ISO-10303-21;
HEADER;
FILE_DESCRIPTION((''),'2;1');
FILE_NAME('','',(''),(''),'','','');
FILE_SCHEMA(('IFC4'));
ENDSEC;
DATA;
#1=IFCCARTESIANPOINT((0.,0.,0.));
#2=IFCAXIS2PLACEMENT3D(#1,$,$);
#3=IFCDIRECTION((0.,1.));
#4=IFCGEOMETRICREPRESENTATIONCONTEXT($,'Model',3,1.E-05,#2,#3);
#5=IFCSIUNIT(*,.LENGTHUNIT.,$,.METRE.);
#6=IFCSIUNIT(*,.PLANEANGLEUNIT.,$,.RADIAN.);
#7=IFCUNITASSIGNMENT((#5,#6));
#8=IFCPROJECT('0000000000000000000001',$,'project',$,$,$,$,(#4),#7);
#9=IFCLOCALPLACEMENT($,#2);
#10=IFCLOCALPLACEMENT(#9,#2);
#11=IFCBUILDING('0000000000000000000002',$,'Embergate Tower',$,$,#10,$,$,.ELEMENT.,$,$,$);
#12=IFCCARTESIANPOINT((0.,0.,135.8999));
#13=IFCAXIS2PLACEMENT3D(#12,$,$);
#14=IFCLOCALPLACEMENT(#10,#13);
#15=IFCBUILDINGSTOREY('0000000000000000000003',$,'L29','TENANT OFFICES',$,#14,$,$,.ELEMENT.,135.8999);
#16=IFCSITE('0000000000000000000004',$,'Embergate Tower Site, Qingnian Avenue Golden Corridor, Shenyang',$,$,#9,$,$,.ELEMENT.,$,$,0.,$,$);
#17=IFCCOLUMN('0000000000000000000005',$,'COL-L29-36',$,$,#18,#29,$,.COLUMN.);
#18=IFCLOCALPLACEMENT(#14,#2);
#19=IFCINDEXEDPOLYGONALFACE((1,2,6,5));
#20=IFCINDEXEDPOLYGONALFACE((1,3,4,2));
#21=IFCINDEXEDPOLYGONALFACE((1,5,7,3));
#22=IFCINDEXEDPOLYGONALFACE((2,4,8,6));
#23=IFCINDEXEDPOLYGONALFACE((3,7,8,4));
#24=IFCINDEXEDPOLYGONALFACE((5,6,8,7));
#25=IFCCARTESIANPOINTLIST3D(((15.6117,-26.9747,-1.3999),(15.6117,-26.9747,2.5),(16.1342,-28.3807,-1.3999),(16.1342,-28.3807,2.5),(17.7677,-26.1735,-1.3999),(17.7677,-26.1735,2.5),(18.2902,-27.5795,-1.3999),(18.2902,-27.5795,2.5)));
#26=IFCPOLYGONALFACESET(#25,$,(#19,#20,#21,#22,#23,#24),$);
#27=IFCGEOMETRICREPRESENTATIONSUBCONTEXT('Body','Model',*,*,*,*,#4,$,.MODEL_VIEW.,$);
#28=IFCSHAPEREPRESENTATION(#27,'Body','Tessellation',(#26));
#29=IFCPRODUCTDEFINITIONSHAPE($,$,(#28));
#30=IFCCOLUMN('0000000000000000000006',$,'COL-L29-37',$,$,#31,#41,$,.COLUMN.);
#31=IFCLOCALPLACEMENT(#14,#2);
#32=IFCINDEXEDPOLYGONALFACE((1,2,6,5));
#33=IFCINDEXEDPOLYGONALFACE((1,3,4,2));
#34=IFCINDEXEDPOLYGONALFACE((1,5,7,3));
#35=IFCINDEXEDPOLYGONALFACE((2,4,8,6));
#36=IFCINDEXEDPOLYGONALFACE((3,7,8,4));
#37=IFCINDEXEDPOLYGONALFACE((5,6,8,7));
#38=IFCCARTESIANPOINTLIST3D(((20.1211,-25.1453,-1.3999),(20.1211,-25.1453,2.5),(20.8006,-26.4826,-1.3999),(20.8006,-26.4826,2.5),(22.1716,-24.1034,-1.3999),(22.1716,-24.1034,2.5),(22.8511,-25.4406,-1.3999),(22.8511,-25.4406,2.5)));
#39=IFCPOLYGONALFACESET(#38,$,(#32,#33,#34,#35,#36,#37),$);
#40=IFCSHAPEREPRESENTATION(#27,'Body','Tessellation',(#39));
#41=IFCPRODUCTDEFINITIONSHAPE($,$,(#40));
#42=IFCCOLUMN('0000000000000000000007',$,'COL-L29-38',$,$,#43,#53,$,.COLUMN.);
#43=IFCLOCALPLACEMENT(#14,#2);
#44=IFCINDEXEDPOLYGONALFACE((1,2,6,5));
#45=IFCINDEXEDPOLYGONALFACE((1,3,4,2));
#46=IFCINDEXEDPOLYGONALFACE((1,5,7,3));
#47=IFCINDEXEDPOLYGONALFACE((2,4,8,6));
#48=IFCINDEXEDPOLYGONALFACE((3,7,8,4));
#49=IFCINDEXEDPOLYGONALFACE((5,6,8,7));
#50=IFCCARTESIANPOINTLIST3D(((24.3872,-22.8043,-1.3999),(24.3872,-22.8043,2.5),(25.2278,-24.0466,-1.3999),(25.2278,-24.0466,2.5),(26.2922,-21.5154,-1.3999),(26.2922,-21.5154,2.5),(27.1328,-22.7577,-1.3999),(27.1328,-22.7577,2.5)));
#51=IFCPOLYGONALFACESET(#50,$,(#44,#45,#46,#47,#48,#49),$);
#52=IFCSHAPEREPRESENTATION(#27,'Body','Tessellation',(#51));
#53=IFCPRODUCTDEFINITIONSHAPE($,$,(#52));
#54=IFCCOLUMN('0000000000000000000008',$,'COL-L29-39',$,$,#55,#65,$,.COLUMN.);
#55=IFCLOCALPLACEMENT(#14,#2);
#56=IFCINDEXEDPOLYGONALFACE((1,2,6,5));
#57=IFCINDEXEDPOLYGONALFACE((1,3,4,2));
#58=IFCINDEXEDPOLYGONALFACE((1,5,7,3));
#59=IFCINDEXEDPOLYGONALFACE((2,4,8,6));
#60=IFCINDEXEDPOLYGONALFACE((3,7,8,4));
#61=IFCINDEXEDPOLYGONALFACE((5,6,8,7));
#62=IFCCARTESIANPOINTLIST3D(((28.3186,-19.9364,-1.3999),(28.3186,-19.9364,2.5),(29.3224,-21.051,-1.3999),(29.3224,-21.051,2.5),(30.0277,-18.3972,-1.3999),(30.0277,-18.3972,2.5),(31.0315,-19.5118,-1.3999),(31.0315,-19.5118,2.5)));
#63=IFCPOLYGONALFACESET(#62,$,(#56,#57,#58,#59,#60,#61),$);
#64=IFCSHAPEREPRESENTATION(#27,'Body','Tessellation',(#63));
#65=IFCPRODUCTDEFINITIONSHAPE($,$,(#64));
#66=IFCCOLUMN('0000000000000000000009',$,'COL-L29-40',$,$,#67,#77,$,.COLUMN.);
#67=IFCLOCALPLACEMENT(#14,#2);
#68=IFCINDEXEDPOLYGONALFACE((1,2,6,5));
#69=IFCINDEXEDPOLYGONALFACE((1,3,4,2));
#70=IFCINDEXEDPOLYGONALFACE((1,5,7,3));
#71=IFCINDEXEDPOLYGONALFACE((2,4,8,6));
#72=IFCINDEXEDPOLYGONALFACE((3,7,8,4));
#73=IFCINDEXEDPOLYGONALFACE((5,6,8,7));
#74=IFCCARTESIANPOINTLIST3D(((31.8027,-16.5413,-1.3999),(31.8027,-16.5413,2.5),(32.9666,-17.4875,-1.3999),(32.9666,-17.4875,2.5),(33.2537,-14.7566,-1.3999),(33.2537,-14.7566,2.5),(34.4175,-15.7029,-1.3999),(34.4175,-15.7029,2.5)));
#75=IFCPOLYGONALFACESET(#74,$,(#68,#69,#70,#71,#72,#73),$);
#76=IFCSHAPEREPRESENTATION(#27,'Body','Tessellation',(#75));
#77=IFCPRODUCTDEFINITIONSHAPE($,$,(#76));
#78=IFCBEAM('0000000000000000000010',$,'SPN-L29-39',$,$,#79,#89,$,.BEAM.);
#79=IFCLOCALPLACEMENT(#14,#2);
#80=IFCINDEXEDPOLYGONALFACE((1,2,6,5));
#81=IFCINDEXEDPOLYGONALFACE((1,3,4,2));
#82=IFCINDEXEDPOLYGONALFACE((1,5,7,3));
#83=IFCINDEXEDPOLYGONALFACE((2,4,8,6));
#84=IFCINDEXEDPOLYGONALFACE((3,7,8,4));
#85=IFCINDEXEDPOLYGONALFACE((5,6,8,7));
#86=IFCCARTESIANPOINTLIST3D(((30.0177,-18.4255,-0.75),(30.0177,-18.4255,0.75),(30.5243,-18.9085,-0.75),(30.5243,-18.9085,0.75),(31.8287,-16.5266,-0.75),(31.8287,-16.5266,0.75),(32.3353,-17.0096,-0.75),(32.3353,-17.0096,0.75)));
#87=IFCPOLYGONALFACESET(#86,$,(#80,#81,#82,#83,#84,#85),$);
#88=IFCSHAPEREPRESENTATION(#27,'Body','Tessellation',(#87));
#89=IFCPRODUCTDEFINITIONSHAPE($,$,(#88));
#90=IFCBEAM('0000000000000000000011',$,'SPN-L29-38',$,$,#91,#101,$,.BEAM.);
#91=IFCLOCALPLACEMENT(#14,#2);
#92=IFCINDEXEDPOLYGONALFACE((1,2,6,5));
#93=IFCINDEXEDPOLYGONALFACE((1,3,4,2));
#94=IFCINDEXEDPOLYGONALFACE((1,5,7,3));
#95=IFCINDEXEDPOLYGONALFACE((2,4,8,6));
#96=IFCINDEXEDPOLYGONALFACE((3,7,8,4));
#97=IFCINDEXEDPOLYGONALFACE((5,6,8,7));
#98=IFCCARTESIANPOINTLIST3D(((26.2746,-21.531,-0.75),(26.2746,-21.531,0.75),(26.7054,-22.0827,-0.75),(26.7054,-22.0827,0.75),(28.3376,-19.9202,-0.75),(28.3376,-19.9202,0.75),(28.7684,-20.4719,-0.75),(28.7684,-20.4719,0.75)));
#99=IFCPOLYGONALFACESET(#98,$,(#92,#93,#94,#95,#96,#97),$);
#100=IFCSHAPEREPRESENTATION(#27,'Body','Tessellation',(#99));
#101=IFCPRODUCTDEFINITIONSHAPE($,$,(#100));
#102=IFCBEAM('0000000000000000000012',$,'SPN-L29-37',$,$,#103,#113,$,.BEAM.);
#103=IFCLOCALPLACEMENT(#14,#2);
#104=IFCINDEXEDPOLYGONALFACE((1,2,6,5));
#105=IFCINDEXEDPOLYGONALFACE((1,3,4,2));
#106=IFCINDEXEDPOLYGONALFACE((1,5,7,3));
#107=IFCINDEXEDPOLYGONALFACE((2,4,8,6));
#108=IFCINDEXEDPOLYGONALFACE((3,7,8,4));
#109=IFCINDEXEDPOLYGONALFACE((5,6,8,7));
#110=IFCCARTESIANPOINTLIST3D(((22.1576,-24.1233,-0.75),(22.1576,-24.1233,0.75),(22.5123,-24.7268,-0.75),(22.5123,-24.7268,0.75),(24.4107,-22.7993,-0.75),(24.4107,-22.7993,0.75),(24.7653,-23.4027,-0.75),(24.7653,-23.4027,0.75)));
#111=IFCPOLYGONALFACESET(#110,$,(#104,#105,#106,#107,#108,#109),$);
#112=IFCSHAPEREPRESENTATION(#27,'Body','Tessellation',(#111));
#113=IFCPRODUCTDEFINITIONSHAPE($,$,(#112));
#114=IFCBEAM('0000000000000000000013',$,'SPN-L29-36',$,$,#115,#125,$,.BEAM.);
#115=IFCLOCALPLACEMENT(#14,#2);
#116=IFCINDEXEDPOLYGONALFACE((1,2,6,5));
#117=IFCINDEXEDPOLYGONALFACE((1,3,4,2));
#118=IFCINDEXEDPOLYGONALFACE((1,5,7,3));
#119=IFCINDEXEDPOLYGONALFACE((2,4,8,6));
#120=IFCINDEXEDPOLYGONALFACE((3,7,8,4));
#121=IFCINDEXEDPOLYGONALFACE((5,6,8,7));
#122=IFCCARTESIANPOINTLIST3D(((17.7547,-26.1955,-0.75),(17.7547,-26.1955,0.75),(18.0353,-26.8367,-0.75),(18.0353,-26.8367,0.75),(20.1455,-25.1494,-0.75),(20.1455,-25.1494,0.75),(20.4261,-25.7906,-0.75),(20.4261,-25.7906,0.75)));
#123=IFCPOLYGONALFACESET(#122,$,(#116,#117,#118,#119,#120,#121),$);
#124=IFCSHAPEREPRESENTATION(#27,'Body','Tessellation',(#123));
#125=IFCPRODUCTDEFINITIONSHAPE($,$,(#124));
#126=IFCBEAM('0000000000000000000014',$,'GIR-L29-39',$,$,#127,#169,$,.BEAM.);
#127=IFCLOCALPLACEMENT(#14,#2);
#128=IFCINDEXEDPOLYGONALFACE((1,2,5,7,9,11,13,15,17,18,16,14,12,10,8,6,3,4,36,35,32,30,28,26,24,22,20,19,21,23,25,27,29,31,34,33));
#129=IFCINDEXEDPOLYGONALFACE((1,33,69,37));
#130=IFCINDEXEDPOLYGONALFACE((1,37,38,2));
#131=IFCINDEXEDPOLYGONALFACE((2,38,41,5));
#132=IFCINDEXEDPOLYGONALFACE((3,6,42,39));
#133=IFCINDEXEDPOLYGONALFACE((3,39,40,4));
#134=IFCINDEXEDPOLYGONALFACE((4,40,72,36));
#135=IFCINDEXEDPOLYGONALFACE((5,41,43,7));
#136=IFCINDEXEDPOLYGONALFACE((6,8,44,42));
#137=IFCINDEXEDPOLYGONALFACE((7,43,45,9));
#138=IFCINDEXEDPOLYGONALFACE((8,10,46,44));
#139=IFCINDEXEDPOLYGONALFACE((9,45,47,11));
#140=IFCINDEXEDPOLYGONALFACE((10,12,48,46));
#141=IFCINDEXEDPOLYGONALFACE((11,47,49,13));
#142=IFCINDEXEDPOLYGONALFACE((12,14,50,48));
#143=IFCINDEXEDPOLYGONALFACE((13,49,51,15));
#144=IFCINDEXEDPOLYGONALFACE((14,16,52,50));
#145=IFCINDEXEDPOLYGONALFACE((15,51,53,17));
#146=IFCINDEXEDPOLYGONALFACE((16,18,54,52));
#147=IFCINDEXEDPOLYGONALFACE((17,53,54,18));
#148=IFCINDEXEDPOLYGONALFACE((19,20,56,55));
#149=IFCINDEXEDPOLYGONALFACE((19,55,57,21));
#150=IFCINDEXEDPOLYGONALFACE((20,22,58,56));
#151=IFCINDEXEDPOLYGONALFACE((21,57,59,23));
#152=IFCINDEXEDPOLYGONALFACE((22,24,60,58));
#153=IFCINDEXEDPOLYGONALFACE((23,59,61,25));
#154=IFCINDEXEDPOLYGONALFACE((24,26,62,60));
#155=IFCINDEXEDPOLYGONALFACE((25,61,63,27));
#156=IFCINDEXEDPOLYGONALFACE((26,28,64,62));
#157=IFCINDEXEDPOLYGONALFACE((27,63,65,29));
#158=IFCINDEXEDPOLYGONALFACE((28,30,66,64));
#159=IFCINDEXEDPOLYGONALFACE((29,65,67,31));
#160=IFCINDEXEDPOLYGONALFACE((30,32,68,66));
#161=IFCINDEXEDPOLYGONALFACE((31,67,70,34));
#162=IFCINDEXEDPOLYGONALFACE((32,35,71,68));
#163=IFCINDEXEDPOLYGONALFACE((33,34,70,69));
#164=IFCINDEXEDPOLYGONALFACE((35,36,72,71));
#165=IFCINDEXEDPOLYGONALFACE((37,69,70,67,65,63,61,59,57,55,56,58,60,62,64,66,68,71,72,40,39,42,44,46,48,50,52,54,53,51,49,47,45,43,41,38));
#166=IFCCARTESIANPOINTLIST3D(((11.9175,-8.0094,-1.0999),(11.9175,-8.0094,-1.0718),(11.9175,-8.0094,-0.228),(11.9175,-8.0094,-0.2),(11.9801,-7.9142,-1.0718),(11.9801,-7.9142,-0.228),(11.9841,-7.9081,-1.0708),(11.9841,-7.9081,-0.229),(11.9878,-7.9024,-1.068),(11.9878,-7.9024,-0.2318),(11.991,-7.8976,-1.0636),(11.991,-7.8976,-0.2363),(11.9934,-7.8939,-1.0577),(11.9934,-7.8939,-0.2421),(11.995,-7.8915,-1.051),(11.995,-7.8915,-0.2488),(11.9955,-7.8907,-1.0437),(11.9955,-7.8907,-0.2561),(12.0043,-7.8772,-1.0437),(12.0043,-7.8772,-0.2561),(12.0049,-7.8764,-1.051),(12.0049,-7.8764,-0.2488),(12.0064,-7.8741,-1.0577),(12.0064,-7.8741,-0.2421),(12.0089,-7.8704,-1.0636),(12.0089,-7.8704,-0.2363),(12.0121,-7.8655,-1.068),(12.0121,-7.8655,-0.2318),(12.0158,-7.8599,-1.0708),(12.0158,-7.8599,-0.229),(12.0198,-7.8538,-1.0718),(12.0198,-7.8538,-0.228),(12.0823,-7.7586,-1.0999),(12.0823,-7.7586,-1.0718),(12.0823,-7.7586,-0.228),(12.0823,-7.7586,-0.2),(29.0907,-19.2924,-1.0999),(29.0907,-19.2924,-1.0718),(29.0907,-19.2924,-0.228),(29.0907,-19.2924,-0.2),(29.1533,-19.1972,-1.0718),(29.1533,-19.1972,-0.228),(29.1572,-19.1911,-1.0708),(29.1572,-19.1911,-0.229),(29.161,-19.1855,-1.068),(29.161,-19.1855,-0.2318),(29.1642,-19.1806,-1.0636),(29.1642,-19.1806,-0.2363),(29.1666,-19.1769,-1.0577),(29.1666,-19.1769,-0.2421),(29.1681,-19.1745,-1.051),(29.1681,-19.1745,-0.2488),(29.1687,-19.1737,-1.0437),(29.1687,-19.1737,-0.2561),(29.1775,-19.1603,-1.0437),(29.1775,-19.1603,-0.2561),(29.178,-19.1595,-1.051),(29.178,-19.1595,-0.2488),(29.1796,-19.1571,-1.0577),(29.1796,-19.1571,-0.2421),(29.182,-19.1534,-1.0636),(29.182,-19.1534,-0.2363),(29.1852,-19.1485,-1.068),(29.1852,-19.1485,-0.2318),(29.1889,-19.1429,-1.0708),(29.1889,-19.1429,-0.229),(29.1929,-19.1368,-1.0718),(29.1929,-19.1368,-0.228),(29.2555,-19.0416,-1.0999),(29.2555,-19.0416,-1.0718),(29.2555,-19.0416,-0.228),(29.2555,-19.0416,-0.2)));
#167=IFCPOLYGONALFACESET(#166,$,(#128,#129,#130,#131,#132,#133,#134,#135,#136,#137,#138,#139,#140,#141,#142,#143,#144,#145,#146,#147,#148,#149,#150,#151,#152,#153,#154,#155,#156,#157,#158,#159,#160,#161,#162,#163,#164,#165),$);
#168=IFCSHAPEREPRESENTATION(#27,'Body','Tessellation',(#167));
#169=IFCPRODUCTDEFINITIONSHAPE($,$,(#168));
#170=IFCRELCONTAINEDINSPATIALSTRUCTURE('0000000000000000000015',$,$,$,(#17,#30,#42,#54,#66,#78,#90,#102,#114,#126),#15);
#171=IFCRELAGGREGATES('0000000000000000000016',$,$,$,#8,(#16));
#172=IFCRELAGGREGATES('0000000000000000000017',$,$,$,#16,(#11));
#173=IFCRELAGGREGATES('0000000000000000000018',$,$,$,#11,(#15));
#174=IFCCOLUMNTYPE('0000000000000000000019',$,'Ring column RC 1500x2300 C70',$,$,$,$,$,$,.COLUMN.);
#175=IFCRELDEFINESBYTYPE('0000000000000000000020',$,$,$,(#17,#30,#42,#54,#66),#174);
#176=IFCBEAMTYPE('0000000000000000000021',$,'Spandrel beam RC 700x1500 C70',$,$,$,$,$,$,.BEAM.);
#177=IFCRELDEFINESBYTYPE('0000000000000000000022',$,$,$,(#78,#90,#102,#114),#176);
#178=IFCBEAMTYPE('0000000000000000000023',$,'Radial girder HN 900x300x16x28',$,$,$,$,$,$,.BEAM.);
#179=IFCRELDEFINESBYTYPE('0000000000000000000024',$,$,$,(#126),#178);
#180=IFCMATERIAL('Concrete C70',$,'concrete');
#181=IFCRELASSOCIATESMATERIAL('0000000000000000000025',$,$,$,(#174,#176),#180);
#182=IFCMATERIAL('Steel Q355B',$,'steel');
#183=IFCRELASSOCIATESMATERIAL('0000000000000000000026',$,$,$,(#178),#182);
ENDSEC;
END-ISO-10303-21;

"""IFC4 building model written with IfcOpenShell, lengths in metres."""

from ifc_helpers import new_model, si_unit, direction, frame, origin, origin_2d, place, context, subcontext, project, spatial, rectangle, i_section, extrude, source, transform, mapped, material, material_profile, profile_set, type_object, element, save


model = new_model("IFC4")

# Units and contexts
model_context = context("Model", 3, precision=1e-05, world=origin(), true_north=direction((0.0, 1.0)))
body_context = subcontext(model_context, "Body", "Model", "MODEL_VIEW")
ifc_project = project(units=[si_unit("LENGTHUNIT", "METRE"), si_unit("PLANEANGLEUNIT", "RADIAN")], contexts=[model_context])

# Site, building, storey
site_placement = place(None, origin())
site = spatial("IfcSite", under=ifc_project, at=site_placement, Name="Embergate Tower Site, Qingnian Avenue Golden Corridor, Shenyang", CompositionType="ELEMENT", RefElevation=0.0)
building_placement = place(site_placement, origin())
building = spatial("IfcBuilding", under=site, at=building_placement, Name="Embergate Tower", CompositionType="ELEMENT")
storey_placement = place(building_placement, frame((0.0, 0.0, 135.8999)))
storey = spatial("IfcBuildingStorey", under=building, at=storey_placement, Name="L29", Description="TENANT OFFICES", CompositionType="ELEMENT", Elevation=135.8999)

# Columns
ifc_material_1 = material(Name="Concrete C70", Category="concrete")
ifc_material_profile_1 = material_profile(ifc_material_1, rectangle(XDim=1.5, YDim=2.3, at=origin_2d()), Name="RC 1500x2300")
ifc_profile_set_1 = profile_set([ifc_material_profile_1], Name="Concrete C70")
column_type = type_object("IfcColumnType", Name="Ring column RC 1500x2300 C70", PredefinedType="COLUMN", material=ifc_profile_set_1)
shared_shape_1 = source(origin(), body_context, "Body", "SweptSolid", [
    extrude(rectangle(XDim=1.5, YDim=2.3, at=origin_2d()), origin(), (0.0, 0.0, 1.0), 3.8999),
])
for number, where, z_axis, x_axis, name in (
    (1, (16.9509, -27.2771, -1.3999), (0.0, 0.0, 1.0), (0.348343, -0.937367, 0.0), "COL-L29-36"),
    (2, (21.4861, -25.293, -1.3999), (0.0, 0.0, 1.0), (0.452995, -0.891513, 0.0), "COL-L29-37"),
    (3, (25.76, -22.781, -1.3999), (0.0, 0.0, 1.0), (0.560393, -0.828227, 0.0), "COL-L29-38"),
    (4, (29.675, -19.7241, -1.3999), (0.0, 0.0, 1.0), (0.669208, -0.743075, 0.0), "COL-L29-39"),
    (5, (33.1101, -16.1221, -1.3999), (0.0, 0.0, 1.0), (0.775914, -0.630838, 0.0), "COL-L29-40"),
):
    element("IfcColumn", number, at=place(storey_placement, frame(where, z_axis=z_axis, x_axis=x_axis)), inside=storey, type_object=column_type, Name=name, PredefinedType="COLUMN", context=body_context, shape_type="MappedRepresentation", body=[
        mapped(shared_shape_1, transform((0.0, 0.0, 0.0))),
    ])

# Beams
ifc_material_profile_2 = material_profile(ifc_material_1, rectangle(XDim=0.7, YDim=1.5, at=origin_2d()), Name="RC 700x1500")
ifc_profile_set_2 = profile_set([ifc_material_profile_2], Name="Concrete C70")
beam_type_1 = type_object("IfcBeamType", Name="Spandrel beam RC 700x1500 C70", PredefinedType="BEAM", material=ifc_profile_set_2)
shared_shape_2 = source(origin(), body_context, "Body", "SweptSolid", [
    extrude(rectangle(XDim=0.7, YDim=1.5, at=origin_2d()), origin(), (0.0, 0.0, 1.0), 2.624),
])
beam_1_placement = place(storey_placement, frame((30.271, -18.667, 0.0), z_axis=(0.690161, 0.723655, 0.0), x_axis=(-0.723655, 0.690161, 0.0)))
element("IfcBeam", 6, at=beam_1_placement, inside=storey, type_object=beam_type_1, Name="SPN-L29-39", PredefinedType="BEAM", context=body_context, shape_type="MappedRepresentation", body=[
    mapped(shared_shape_2, transform((0.0, 0.0, 0.0))),
])
shared_shape_3 = source(origin(), body_context, "Body", "SweptSolid", [
    extrude(rectangle(XDim=0.7, YDim=1.5, at=origin_2d()), origin(), (0.0, 0.0, 1.0), 2.6174),
])
beam_2_placement = place(storey_placement, frame((26.49, -21.8069, 0.0), z_axis=(0.788186, 0.615438, 0.0), x_axis=(-0.615438, 0.788186, 0.0)))
element("IfcBeam", 7, at=beam_2_placement, inside=storey, type_object=beam_type_1, Name="SPN-L29-38", PredefinedType="BEAM", context=body_context, shape_type="MappedRepresentation", body=[
    mapped(shared_shape_3, transform((0.0, 0.0, 0.0))),
])
shared_shape_4 = source(origin(), body_context, "Body", "SweptSolid", [
    extrude(rectangle(XDim=0.7, YDim=1.5, at=origin_2d()), origin(), (0.0, 0.0, 1.0), 2.6133),
])
beam_3_placement = place(storey_placement, frame((22.335, -24.425, 0.0), z_axis=(0.862148, 0.506657, 0.0), x_axis=(-0.506657, 0.862148, 0.0)))
element("IfcBeam", 8, at=beam_3_placement, inside=storey, type_object=beam_type_1, Name="SPN-L29-37", PredefinedType="BEAM", context=body_context, shape_type="MappedRepresentation", body=[
    mapped(shared_shape_4, transform((0.0, 0.0, 0.0))),
])
shared_shape_5 = source(origin(), body_context, "Body", "SweptSolid", [
    extrude(rectangle(XDim=0.7, YDim=1.5, at=origin_2d()), origin(), (0.0, 0.0, 1.0), 2.6096),
])
beam_4_placement = place(storey_placement, frame((17.895, -26.5161, 0.0), z_axis=(0.916138, 0.400863, 0.0), x_axis=(-0.400863, 0.916138, 0.0)))
element("IfcBeam", 9, at=beam_4_placement, inside=storey, type_object=beam_type_1, Name="SPN-L29-36", PredefinedType="BEAM", context=body_context, shape_type="MappedRepresentation", body=[
    mapped(shared_shape_5, transform((0.0, 0.0, 0.0))),
])
ifc_material_2 = material(Name="Steel Q355B", Category="steel")
ifc_material_profile_3 = material_profile(ifc_material_2, i_section(OverallWidth=0.3, OverallDepth=0.8999, WebThickness=0.0161, FlangeThickness=0.0281, FilletRadius=0.0281, at=origin_2d()), Name="HN 900x300x16x28")
ifc_profile_set_3 = profile_set([ifc_material_profile_3], Name="Steel Q355 grade B")
beam_type_2 = type_object("IfcBeamType", Name="Radial girder HN 900x300x16x28", PredefinedType="BEAM", material=ifc_profile_set_3)
shared_shape_6 = source(origin(), body_context, "Body", "SweptSolid", [
    extrude(i_section(OverallWidth=0.3, OverallDepth=0.8999, WebThickness=0.0161, FlangeThickness=0.0281, FilletRadius=0.0281, at=origin_2d()), origin(), (0.0, 0.0, 1.0), 20.5481),
])
beam_5_placement = place(storey_placement, frame((29.1731, -19.167, -0.6499), z_axis=(-0.835755, 0.549102, 0.0), x_axis=(-0.549102, -0.835755, 0.0)))
element("IfcBeam", 10, at=beam_5_placement, inside=storey, type_object=beam_type_2, Name="GIR-L29-39", PredefinedType="BEAM", context=body_context, shape_type="MappedRepresentation", body=[
    mapped(shared_shape_6, transform((0.0, 0.0, 0.0))),
])

save(model, "model.ifc")
